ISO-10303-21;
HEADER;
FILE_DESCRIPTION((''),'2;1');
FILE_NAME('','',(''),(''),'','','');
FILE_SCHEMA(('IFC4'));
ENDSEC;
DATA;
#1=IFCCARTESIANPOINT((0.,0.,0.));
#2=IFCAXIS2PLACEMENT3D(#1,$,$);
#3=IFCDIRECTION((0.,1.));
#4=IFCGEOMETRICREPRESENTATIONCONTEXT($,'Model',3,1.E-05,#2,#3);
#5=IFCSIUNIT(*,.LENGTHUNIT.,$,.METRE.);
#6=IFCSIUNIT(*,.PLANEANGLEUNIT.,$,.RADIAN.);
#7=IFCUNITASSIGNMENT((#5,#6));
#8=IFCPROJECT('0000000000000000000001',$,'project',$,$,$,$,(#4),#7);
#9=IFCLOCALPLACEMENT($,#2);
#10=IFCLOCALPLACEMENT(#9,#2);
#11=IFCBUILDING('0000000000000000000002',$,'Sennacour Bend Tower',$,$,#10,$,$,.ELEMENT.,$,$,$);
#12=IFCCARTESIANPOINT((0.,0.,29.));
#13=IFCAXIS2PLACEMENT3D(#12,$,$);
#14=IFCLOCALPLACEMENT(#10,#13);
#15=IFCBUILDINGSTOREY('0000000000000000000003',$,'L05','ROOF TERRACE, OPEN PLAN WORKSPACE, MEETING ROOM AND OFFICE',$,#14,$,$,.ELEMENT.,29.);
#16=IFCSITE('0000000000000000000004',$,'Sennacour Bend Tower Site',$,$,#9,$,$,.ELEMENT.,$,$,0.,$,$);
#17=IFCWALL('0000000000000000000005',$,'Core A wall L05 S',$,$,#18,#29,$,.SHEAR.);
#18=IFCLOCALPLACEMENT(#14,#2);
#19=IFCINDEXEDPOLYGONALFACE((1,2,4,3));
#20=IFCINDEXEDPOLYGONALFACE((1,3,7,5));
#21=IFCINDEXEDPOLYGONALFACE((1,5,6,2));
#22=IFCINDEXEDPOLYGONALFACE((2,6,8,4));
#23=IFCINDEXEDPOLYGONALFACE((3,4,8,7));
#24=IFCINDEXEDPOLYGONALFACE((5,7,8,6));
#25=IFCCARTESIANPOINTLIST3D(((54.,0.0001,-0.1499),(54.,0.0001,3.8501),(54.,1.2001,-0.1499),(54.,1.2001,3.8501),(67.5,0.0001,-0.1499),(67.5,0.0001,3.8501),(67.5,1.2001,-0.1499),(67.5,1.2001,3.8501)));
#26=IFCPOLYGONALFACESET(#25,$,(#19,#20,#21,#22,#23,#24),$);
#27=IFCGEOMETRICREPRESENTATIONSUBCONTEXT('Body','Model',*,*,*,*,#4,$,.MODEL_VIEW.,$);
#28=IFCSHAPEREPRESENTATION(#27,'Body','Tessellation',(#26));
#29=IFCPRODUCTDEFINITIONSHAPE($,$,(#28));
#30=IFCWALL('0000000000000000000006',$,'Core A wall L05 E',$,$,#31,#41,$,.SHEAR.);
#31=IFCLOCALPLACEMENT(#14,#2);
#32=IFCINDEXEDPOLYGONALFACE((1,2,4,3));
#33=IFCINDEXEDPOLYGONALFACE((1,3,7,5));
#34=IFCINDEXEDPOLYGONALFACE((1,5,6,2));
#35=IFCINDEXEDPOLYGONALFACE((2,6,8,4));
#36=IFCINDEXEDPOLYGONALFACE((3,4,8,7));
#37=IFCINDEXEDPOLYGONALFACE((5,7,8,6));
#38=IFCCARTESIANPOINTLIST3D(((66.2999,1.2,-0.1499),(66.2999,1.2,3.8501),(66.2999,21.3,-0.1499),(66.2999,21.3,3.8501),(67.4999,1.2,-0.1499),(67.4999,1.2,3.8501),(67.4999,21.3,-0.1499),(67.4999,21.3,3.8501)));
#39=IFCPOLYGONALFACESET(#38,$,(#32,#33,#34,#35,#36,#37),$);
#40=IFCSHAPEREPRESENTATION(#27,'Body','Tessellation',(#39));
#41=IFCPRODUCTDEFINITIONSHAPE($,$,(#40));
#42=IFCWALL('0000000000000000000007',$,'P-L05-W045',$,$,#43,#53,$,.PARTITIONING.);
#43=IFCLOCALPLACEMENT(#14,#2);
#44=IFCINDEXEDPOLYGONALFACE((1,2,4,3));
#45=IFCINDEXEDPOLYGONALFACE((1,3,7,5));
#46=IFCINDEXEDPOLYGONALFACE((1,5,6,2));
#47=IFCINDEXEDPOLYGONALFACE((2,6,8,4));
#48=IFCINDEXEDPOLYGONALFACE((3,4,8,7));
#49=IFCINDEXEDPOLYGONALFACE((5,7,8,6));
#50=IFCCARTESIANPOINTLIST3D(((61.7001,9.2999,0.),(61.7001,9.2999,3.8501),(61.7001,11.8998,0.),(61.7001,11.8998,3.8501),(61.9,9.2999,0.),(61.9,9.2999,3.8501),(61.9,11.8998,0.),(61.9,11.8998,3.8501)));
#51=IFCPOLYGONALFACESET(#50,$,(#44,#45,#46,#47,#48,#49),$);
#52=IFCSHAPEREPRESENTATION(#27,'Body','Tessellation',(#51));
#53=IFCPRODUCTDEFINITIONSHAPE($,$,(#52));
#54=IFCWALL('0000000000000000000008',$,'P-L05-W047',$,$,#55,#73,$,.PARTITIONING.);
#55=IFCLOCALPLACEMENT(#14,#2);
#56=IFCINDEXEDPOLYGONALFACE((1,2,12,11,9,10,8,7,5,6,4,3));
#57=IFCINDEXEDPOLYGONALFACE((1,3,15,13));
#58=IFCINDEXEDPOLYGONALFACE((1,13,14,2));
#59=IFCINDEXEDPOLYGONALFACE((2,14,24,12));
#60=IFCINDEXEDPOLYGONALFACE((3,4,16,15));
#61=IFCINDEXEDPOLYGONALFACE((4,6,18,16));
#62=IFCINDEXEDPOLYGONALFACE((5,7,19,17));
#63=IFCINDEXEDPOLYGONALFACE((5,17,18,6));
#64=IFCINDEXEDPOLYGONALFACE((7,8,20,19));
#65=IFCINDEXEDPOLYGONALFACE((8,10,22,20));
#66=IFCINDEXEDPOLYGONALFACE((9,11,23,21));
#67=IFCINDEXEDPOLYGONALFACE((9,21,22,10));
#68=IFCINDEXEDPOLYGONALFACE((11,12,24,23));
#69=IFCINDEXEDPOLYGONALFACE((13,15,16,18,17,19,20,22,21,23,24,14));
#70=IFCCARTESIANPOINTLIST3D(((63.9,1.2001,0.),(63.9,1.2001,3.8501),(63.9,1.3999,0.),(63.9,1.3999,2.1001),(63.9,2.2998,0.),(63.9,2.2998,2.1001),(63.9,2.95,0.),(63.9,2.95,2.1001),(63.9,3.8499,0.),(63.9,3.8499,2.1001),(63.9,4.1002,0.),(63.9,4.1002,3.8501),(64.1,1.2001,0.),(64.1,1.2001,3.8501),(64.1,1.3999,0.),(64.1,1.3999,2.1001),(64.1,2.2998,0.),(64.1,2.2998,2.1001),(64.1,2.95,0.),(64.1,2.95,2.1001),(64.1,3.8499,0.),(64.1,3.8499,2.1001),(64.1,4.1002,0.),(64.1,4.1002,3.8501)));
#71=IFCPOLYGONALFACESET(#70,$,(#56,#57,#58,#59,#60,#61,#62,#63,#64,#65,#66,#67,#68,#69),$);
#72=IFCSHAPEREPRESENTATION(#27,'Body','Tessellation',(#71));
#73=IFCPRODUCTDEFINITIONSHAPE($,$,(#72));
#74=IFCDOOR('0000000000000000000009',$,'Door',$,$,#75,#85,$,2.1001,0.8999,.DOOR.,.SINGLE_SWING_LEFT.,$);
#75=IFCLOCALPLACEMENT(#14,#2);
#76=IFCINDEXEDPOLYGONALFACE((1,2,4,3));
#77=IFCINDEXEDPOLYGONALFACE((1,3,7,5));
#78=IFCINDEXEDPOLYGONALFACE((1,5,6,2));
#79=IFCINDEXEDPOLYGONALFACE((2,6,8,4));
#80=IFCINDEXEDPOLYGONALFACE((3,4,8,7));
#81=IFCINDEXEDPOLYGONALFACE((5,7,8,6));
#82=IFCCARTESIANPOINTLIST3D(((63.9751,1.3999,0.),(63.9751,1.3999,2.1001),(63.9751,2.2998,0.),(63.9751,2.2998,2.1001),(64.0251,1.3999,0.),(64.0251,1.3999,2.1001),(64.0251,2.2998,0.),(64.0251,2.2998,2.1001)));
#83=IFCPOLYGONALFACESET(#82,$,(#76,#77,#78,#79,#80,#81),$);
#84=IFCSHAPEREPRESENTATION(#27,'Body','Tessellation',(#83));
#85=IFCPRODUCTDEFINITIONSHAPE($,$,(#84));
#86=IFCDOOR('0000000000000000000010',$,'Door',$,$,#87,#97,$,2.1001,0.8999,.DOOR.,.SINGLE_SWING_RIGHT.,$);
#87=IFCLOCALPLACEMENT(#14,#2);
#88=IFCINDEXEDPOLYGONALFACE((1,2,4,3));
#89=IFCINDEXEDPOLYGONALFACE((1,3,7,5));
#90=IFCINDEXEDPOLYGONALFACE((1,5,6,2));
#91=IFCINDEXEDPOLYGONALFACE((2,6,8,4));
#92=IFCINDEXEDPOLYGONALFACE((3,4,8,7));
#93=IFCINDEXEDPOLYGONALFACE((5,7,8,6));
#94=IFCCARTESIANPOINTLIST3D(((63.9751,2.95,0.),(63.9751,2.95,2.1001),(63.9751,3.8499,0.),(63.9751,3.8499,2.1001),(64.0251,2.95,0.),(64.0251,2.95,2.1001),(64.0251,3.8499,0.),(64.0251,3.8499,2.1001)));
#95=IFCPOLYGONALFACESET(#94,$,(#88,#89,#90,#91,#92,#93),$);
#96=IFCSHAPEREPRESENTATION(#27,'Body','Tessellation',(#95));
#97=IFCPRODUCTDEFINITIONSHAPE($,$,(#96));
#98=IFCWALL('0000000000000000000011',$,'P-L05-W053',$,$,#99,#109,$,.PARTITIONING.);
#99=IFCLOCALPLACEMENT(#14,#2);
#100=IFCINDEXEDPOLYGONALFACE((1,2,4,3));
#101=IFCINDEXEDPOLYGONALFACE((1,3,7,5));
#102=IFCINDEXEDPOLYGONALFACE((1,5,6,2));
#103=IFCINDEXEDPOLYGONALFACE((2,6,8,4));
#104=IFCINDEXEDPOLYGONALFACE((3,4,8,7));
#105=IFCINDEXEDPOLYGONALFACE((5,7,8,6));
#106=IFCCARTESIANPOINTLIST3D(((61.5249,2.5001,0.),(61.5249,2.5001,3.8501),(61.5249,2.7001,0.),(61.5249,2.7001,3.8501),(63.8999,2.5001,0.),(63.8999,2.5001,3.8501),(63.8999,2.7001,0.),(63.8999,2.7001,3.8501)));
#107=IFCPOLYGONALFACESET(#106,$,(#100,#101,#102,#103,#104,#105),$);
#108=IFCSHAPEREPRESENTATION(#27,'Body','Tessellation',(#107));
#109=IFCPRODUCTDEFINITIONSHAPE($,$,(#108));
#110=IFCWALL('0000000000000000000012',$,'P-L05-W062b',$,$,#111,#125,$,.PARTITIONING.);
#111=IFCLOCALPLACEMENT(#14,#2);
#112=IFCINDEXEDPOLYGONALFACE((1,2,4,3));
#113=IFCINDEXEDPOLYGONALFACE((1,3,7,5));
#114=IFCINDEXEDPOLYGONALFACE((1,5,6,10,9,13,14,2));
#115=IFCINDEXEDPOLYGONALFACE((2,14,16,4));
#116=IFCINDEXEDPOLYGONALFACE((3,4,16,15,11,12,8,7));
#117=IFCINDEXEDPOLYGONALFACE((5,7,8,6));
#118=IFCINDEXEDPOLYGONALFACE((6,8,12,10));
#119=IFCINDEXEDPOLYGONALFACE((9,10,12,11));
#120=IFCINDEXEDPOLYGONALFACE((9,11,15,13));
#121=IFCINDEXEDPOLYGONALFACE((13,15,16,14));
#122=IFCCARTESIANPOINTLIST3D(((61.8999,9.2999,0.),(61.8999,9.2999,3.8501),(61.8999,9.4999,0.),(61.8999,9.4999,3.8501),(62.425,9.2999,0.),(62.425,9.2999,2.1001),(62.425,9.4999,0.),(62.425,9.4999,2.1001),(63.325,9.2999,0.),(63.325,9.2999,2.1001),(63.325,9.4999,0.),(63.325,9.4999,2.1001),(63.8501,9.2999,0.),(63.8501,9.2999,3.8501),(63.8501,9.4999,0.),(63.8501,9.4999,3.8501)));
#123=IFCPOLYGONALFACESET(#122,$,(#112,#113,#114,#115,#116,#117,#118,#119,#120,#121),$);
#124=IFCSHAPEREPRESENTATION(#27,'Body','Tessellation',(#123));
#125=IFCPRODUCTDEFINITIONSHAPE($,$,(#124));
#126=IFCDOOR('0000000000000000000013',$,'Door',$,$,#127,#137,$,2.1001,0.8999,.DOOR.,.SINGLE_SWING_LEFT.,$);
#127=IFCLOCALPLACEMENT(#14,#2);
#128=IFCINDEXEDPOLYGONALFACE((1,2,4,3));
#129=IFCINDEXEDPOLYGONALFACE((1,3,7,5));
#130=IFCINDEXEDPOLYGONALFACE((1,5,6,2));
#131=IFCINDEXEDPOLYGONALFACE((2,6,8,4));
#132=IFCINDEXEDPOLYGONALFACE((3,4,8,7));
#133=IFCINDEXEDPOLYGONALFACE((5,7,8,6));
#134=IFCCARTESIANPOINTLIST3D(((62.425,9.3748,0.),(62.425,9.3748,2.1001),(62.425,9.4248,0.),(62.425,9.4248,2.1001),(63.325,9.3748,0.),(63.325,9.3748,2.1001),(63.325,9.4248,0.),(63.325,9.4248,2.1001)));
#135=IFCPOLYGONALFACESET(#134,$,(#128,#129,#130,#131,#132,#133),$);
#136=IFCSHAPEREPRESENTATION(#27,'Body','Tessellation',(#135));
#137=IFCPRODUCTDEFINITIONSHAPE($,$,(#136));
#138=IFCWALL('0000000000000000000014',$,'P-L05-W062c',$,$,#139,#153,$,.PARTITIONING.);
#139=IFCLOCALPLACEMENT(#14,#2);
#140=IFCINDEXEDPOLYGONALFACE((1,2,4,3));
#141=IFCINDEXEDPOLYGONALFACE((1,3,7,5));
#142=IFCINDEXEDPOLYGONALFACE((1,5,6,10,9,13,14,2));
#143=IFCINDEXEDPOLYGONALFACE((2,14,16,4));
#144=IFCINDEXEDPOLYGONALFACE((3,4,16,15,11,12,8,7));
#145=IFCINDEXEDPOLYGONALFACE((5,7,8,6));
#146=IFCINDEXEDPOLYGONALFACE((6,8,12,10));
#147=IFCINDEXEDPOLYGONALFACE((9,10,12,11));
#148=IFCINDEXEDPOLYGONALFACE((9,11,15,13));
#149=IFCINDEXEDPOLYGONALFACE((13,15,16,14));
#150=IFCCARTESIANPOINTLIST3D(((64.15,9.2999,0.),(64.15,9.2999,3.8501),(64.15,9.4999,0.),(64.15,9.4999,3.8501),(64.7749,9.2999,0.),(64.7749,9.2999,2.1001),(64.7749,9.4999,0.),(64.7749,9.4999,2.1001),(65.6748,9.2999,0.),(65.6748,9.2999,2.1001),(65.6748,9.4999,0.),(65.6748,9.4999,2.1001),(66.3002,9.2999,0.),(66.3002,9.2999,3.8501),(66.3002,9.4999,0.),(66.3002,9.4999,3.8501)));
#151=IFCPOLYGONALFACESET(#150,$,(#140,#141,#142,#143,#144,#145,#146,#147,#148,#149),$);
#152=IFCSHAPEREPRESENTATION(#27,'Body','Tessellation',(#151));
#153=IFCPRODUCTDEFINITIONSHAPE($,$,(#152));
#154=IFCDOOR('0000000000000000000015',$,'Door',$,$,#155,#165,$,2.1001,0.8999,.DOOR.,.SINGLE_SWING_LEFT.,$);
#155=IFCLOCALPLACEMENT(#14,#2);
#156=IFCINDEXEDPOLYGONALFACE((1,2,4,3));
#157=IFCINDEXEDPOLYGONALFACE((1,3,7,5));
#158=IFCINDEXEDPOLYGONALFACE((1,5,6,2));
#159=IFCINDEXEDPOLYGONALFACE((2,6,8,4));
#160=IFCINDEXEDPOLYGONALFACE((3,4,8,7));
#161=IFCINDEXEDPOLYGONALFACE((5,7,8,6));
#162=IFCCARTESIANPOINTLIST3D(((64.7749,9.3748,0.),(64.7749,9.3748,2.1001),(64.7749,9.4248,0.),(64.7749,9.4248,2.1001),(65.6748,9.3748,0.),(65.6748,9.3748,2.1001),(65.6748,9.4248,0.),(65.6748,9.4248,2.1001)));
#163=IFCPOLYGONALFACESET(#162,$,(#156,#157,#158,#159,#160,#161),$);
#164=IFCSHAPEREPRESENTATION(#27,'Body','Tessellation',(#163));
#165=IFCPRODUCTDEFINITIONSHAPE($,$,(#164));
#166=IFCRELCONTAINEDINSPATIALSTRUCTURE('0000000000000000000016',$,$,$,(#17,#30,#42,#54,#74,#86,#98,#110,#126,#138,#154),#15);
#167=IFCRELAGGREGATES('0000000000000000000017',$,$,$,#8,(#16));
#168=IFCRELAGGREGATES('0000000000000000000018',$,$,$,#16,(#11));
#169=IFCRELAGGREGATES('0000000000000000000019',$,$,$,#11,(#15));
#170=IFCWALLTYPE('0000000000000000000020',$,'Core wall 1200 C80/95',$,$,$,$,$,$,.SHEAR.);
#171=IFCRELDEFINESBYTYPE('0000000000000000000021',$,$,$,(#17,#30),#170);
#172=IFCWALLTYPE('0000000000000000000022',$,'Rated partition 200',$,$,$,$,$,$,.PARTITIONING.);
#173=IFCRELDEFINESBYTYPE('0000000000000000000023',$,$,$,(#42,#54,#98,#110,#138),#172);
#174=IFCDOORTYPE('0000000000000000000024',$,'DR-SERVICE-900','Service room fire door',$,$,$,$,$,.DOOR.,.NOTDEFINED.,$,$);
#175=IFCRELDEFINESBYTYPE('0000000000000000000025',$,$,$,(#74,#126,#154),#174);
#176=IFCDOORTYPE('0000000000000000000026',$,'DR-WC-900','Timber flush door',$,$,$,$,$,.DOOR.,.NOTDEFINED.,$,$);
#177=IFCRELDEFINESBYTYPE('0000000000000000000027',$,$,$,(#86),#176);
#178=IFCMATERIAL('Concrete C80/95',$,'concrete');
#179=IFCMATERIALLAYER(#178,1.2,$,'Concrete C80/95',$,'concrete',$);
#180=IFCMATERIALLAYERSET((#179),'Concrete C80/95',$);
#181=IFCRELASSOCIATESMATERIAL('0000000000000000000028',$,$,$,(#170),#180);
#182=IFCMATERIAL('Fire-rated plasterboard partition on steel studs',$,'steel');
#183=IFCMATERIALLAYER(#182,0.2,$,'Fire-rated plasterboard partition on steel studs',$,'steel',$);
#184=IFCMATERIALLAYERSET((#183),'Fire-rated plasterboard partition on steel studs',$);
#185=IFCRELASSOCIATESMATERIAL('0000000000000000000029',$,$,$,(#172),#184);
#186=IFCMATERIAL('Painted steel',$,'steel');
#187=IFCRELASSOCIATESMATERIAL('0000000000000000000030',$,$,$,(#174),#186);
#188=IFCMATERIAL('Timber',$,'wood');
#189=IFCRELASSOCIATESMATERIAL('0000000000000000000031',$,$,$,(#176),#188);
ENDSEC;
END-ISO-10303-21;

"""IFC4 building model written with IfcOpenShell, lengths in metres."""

from ifc_helpers import new_model, si_unit, direction, frame, frame_2d, origin, place, context, subcontext, project, spatial, rectangle, extrude, material, layer, layer_set, type_object, element, fill, save


model = new_model("IFC4")

# Units and contexts
model_context = context("Model", 3, precision=1e-05, world=origin(), true_north=direction((0.0, 1.0)))
body_context = subcontext(model_context, "Body", "Model", "MODEL_VIEW")
ifc_project = project(units=[si_unit("LENGTHUNIT", "METRE"), si_unit("PLANEANGLEUNIT", "RADIAN")], contexts=[model_context])

# Site, building, storey
site_placement = place(None, origin())
site = spatial("IfcSite", under=ifc_project, at=site_placement, Name="Sennacour Bend Tower Site", CompositionType="ELEMENT", RefElevation=0.0)
building_placement = place(site_placement, origin())
building = spatial("IfcBuilding", under=site, at=building_placement, Name="Sennacour Bend Tower", CompositionType="ELEMENT")
storey_placement = place(building_placement, frame((0.0, 0.0, 29.0)))
storey = spatial("IfcBuildingStorey", under=building, at=storey_placement, Name="L05", Description="ROOF TERRACE, OPEN PLAN WORKSPACE, MEETING ROOM AND OFFICE", CompositionType="ELEMENT", Elevation=29.0)

# Walls
ifc_material_1 = material(Name="Concrete C80/95", Category="concrete")
ifc_layer_1 = layer(ifc_material_1, 1.2, Name="Concrete C80/95", Category="concrete")
ifc_layer_set_1 = layer_set([ifc_layer_1], Name="Concrete C80/95")
wall_type_1 = type_object("IfcWallType", Name="Core wall 1200 C80/95", PredefinedType="SHEAR", material=ifc_layer_set_1)
wall_1_placement = place(storey_placement, frame((67.5, 0.6001, -0.1499), z_axis=(0.0, 0.0, 1.0), x_axis=(-1.0, 0.0, 0.0)))
element("IfcWall", 1, at=wall_1_placement, inside=storey, type_object=wall_type_1, Name="Core A wall L05 S", PredefinedType="SHEAR", context=body_context, shape_type="SweptSolid", body=[
    extrude(rectangle(XDim=13.5, YDim=1.2, at=frame_2d((6.75, 0.0))), origin(), (0.0, 0.0, 1.0), 4.0),
])
wall_2_placement = place(storey_placement, frame((66.8999, 1.2, -0.1499), z_axis=(0.0, 0.0, 1.0), x_axis=(0.0, 1.0, 0.0)))
element("IfcWall", 2, at=wall_2_placement, inside=storey, type_object=wall_type_1, Name="Core A wall L05 E", PredefinedType="SHEAR", context=body_context, shape_type="SweptSolid", body=[
    extrude(rectangle(XDim=20.1001, YDim=1.2, at=frame_2d((10.05, 0.0))), origin(), (0.0, 0.0, 1.0), 4.0),
])
ifc_material_2 = material(Name="Fire-rated plasterboard partition on steel studs", Category="steel")
ifc_layer_2 = layer(ifc_material_2, 0.2, Name="Fire-rated plasterboard partition on steel studs", Category="steel")
ifc_layer_set_2 = layer_set([ifc_layer_2], Name="Fire-rated plasterboard partition on steel studs")
wall_type_2 = type_object("IfcWallType", Name="Rated partition 200", PredefinedType="PARTITIONING", material=ifc_layer_set_2)
wall_3_placement = place(storey_placement, frame((61.8, 9.3, 0.0), z_axis=(0.0, 0.0, 1.0), x_axis=(0.0, 1.0, 0.0)))
element("IfcWall", 3, at=wall_3_placement, inside=storey, type_object=wall_type_2, Name="P-L05-W045", PredefinedType="PARTITIONING", context=body_context, shape_type="SweptSolid", body=[
    extrude(rectangle(XDim=2.5999, YDim=0.2, at=frame_2d((1.2998, 0.0))), origin(), (0.0, 0.0, 1.0), 3.8501),
])

# Wall, openings, doors
wall_4_placement = place(storey_placement, frame((64.0, 1.2, 0.0), z_axis=(0.0, 0.0, 1.0), x_axis=(0.0, 1.0, 0.0)))
wall_4 = element("IfcWall", 4, at=wall_4_placement, inside=storey, type_object=wall_type_2, Name="P-L05-W047", PredefinedType="PARTITIONING", context=body_context, shape_type="SweptSolid", body=[
    extrude(rectangle(XDim=2.9001, YDim=0.2, at=frame_2d((1.4502, 0.0))), origin(), (0.0, 0.0, 1.0), 3.8501),
])
opening_1_placement = place(wall_4_placement, frame((0.2, 0.0, 0.0)))
opening_1 = element("IfcOpeningElement", 5, at=opening_1_placement, cuts=wall_4, PredefinedType="OPENING", context=body_context, shape_type="SweptSolid", body=[
    extrude(rectangle(XDim=0.8999, YDim=2.1001, at=frame_2d((0.45, 1.05))), frame((0.0, 0.1099, 0.0), z_axis=(0.0, -1.0, 0.0), x_axis=(1.0, 0.0, 0.0)), (0.0, 0.0, 1.0), 0.22),
])
opening_2_placement = place(wall_4_placement, frame((1.75, 0.0, 0.0)))
opening_2 = element("IfcOpeningElement", 6, at=opening_2_placement, cuts=wall_4, PredefinedType="OPENING", context=body_context, shape_type="SweptSolid", body=[
    extrude(rectangle(XDim=0.8999, YDim=2.1001, at=frame_2d((0.45, 1.05))), frame((0.0, 0.1099, 0.0), z_axis=(0.0, -1.0, 0.0), x_axis=(1.0, 0.0, 0.0)), (0.0, 0.0, 1.0), 0.22),
])
ifc_material_3 = material(Name="Painted steel", Category="steel")
door_type_1 = type_object("IfcDoorType", Name="DR-SERVICE-900", Description="Service room fire door", OperationType="NOTDEFINED", PredefinedType="DOOR", material=ifc_material_3)
door_1_placement = place(opening_1_placement, origin())
door_1 = element("IfcDoor", 7, at=door_1_placement, inside=storey, type_object=door_type_1, Name="Door", OperationType="SINGLE_SWING_LEFT", OverallHeight=2.1001, OverallWidth=0.8999, PredefinedType="DOOR", context=body_context, shape_type="SweptSolid", body=[
    extrude(rectangle(XDim=0.8999, YDim=2.1001, at=frame_2d((0.45, 1.05))), frame((0.0, 0.0249, 0.0), z_axis=(0.0, -1.0, 0.0), x_axis=(1.0, 0.0, 0.0)), (0.0, 0.0, 1.0), 0.05),
])
fill(opening_1, door_1)
ifc_material_4 = material(Name="Timber", Category="wood")
door_type_2 = type_object("IfcDoorType", Name="DR-WC-900", Description="Timber flush door", OperationType="NOTDEFINED", PredefinedType="DOOR", material=ifc_material_4)
door_2_placement = place(opening_2_placement, origin())
door_2 = element("IfcDoor", 8, at=door_2_placement, inside=storey, type_object=door_type_2, Name="Door", OperationType="SINGLE_SWING_RIGHT", OverallHeight=2.1001, OverallWidth=0.8999, PredefinedType="DOOR", context=body_context, shape_type="SweptSolid", body=[
    extrude(rectangle(XDim=0.8999, YDim=2.1001, at=frame_2d((0.45, 1.05))), frame((0.0, 0.0249, 0.0), z_axis=(0.0, -1.0, 0.0), x_axis=(1.0, 0.0, 0.0)), (0.0, 0.0, 1.0), 0.05),
])
fill(opening_2, door_2)

# Wall
wall_5_placement = place(storey_placement, frame((61.5249, 2.6001, 0.0), z_axis=(0.0, 0.0, 1.0), x_axis=(1.0, 0.0, 0.0)))
element("IfcWall", 9, at=wall_5_placement, inside=storey, type_object=wall_type_2, Name="P-L05-W053", PredefinedType="PARTITIONING", context=body_context, shape_type="SweptSolid", body=[
    extrude(rectangle(XDim=2.375, YDim=0.2, at=frame_2d((1.1875, 0.0))), origin(), (0.0, 0.0, 1.0), 3.8501),
])

# Walls, openings, doors
wall_6_placement = place(storey_placement, frame((61.8999, 9.3999, 0.0), z_axis=(0.0, 0.0, 1.0), x_axis=(1.0, 0.0, 0.0)))
wall_6 = element("IfcWall", 10, at=wall_6_placement, inside=storey, type_object=wall_type_2, Name="P-L05-W062b", PredefinedType="PARTITIONING", context=body_context, shape_type="SweptSolid", body=[
    extrude(rectangle(XDim=1.9502, YDim=0.2, at=frame_2d((0.9751, 0.0))), origin(), (0.0, 0.0, 1.0), 3.8501),
])
opening_3_placement = place(wall_6_placement, frame((0.5251, 0.0, 0.0)))
opening_3 = element("IfcOpeningElement", 11, at=opening_3_placement, cuts=wall_6, PredefinedType="OPENING", context=body_context, shape_type="SweptSolid", body=[
    extrude(rectangle(XDim=0.8999, YDim=2.1001, at=frame_2d((0.45, 1.05))), frame((0.0, 0.1099, 0.0), z_axis=(0.0, -1.0, 0.0), x_axis=(1.0, 0.0, 0.0)), (0.0, 0.0, 1.0), 0.22),
])
door_3_placement = place(opening_3_placement, origin())
door_3 = element("IfcDoor", 12, at=door_3_placement, inside=storey, type_object=door_type_1, Name="Door", OperationType="SINGLE_SWING_LEFT", OverallHeight=2.1001, OverallWidth=0.8999, PredefinedType="DOOR", context=body_context, shape_type="SweptSolid", body=[
    extrude(rectangle(XDim=0.8999, YDim=2.1001, at=frame_2d((0.45, 1.05))), frame((0.0, 0.0249, 0.0), z_axis=(0.0, -1.0, 0.0), x_axis=(1.0, 0.0, 0.0)), (0.0, 0.0, 1.0), 0.05),
])
fill(opening_3, door_3)
wall_7_placement = place(storey_placement, frame((64.1499, 9.3999, 0.0), z_axis=(0.0, 0.0, 1.0), x_axis=(1.0, 0.0, 0.0)))
wall_7 = element("IfcWall", 13, at=wall_7_placement, inside=storey, type_object=wall_type_2, Name="P-L05-W062c", PredefinedType="PARTITIONING", context=body_context, shape_type="SweptSolid", body=[
    extrude(rectangle(XDim=2.1501, YDim=0.2, at=frame_2d((1.0752, 0.0))), origin(), (0.0, 0.0, 1.0), 3.8501),
])
opening_4_placement = place(wall_7_placement, frame((0.625, 0.0, 0.0)))
opening_4 = element("IfcOpeningElement", 14, at=opening_4_placement, cuts=wall_7, PredefinedType="OPENING", context=body_context, shape_type="SweptSolid", body=[
    extrude(rectangle(XDim=0.8999, YDim=2.1001, at=frame_2d((0.45, 1.05))), frame((0.0, 0.1099, 0.0), z_axis=(0.0, -1.0, 0.0), x_axis=(1.0, 0.0, 0.0)), (0.0, 0.0, 1.0), 0.22),
])
door_4_placement = place(opening_4_placement, origin())
door_4 = element("IfcDoor", 15, at=door_4_placement, inside=storey, type_object=door_type_1, Name="Door", OperationType="SINGLE_SWING_LEFT", OverallHeight=2.1001, OverallWidth=0.8999, PredefinedType="DOOR", context=body_context, shape_type="SweptSolid", body=[
    extrude(rectangle(XDim=0.8999, YDim=2.1001, at=frame_2d((0.45, 1.05))), frame((0.0, 0.0249, 0.0), z_axis=(0.0, -1.0, 0.0), x_axis=(1.0, 0.0, 0.0)), (0.0, 0.0, 1.0), 0.05),
])
fill(opening_4, door_4)

save(model, "model.ifc")
